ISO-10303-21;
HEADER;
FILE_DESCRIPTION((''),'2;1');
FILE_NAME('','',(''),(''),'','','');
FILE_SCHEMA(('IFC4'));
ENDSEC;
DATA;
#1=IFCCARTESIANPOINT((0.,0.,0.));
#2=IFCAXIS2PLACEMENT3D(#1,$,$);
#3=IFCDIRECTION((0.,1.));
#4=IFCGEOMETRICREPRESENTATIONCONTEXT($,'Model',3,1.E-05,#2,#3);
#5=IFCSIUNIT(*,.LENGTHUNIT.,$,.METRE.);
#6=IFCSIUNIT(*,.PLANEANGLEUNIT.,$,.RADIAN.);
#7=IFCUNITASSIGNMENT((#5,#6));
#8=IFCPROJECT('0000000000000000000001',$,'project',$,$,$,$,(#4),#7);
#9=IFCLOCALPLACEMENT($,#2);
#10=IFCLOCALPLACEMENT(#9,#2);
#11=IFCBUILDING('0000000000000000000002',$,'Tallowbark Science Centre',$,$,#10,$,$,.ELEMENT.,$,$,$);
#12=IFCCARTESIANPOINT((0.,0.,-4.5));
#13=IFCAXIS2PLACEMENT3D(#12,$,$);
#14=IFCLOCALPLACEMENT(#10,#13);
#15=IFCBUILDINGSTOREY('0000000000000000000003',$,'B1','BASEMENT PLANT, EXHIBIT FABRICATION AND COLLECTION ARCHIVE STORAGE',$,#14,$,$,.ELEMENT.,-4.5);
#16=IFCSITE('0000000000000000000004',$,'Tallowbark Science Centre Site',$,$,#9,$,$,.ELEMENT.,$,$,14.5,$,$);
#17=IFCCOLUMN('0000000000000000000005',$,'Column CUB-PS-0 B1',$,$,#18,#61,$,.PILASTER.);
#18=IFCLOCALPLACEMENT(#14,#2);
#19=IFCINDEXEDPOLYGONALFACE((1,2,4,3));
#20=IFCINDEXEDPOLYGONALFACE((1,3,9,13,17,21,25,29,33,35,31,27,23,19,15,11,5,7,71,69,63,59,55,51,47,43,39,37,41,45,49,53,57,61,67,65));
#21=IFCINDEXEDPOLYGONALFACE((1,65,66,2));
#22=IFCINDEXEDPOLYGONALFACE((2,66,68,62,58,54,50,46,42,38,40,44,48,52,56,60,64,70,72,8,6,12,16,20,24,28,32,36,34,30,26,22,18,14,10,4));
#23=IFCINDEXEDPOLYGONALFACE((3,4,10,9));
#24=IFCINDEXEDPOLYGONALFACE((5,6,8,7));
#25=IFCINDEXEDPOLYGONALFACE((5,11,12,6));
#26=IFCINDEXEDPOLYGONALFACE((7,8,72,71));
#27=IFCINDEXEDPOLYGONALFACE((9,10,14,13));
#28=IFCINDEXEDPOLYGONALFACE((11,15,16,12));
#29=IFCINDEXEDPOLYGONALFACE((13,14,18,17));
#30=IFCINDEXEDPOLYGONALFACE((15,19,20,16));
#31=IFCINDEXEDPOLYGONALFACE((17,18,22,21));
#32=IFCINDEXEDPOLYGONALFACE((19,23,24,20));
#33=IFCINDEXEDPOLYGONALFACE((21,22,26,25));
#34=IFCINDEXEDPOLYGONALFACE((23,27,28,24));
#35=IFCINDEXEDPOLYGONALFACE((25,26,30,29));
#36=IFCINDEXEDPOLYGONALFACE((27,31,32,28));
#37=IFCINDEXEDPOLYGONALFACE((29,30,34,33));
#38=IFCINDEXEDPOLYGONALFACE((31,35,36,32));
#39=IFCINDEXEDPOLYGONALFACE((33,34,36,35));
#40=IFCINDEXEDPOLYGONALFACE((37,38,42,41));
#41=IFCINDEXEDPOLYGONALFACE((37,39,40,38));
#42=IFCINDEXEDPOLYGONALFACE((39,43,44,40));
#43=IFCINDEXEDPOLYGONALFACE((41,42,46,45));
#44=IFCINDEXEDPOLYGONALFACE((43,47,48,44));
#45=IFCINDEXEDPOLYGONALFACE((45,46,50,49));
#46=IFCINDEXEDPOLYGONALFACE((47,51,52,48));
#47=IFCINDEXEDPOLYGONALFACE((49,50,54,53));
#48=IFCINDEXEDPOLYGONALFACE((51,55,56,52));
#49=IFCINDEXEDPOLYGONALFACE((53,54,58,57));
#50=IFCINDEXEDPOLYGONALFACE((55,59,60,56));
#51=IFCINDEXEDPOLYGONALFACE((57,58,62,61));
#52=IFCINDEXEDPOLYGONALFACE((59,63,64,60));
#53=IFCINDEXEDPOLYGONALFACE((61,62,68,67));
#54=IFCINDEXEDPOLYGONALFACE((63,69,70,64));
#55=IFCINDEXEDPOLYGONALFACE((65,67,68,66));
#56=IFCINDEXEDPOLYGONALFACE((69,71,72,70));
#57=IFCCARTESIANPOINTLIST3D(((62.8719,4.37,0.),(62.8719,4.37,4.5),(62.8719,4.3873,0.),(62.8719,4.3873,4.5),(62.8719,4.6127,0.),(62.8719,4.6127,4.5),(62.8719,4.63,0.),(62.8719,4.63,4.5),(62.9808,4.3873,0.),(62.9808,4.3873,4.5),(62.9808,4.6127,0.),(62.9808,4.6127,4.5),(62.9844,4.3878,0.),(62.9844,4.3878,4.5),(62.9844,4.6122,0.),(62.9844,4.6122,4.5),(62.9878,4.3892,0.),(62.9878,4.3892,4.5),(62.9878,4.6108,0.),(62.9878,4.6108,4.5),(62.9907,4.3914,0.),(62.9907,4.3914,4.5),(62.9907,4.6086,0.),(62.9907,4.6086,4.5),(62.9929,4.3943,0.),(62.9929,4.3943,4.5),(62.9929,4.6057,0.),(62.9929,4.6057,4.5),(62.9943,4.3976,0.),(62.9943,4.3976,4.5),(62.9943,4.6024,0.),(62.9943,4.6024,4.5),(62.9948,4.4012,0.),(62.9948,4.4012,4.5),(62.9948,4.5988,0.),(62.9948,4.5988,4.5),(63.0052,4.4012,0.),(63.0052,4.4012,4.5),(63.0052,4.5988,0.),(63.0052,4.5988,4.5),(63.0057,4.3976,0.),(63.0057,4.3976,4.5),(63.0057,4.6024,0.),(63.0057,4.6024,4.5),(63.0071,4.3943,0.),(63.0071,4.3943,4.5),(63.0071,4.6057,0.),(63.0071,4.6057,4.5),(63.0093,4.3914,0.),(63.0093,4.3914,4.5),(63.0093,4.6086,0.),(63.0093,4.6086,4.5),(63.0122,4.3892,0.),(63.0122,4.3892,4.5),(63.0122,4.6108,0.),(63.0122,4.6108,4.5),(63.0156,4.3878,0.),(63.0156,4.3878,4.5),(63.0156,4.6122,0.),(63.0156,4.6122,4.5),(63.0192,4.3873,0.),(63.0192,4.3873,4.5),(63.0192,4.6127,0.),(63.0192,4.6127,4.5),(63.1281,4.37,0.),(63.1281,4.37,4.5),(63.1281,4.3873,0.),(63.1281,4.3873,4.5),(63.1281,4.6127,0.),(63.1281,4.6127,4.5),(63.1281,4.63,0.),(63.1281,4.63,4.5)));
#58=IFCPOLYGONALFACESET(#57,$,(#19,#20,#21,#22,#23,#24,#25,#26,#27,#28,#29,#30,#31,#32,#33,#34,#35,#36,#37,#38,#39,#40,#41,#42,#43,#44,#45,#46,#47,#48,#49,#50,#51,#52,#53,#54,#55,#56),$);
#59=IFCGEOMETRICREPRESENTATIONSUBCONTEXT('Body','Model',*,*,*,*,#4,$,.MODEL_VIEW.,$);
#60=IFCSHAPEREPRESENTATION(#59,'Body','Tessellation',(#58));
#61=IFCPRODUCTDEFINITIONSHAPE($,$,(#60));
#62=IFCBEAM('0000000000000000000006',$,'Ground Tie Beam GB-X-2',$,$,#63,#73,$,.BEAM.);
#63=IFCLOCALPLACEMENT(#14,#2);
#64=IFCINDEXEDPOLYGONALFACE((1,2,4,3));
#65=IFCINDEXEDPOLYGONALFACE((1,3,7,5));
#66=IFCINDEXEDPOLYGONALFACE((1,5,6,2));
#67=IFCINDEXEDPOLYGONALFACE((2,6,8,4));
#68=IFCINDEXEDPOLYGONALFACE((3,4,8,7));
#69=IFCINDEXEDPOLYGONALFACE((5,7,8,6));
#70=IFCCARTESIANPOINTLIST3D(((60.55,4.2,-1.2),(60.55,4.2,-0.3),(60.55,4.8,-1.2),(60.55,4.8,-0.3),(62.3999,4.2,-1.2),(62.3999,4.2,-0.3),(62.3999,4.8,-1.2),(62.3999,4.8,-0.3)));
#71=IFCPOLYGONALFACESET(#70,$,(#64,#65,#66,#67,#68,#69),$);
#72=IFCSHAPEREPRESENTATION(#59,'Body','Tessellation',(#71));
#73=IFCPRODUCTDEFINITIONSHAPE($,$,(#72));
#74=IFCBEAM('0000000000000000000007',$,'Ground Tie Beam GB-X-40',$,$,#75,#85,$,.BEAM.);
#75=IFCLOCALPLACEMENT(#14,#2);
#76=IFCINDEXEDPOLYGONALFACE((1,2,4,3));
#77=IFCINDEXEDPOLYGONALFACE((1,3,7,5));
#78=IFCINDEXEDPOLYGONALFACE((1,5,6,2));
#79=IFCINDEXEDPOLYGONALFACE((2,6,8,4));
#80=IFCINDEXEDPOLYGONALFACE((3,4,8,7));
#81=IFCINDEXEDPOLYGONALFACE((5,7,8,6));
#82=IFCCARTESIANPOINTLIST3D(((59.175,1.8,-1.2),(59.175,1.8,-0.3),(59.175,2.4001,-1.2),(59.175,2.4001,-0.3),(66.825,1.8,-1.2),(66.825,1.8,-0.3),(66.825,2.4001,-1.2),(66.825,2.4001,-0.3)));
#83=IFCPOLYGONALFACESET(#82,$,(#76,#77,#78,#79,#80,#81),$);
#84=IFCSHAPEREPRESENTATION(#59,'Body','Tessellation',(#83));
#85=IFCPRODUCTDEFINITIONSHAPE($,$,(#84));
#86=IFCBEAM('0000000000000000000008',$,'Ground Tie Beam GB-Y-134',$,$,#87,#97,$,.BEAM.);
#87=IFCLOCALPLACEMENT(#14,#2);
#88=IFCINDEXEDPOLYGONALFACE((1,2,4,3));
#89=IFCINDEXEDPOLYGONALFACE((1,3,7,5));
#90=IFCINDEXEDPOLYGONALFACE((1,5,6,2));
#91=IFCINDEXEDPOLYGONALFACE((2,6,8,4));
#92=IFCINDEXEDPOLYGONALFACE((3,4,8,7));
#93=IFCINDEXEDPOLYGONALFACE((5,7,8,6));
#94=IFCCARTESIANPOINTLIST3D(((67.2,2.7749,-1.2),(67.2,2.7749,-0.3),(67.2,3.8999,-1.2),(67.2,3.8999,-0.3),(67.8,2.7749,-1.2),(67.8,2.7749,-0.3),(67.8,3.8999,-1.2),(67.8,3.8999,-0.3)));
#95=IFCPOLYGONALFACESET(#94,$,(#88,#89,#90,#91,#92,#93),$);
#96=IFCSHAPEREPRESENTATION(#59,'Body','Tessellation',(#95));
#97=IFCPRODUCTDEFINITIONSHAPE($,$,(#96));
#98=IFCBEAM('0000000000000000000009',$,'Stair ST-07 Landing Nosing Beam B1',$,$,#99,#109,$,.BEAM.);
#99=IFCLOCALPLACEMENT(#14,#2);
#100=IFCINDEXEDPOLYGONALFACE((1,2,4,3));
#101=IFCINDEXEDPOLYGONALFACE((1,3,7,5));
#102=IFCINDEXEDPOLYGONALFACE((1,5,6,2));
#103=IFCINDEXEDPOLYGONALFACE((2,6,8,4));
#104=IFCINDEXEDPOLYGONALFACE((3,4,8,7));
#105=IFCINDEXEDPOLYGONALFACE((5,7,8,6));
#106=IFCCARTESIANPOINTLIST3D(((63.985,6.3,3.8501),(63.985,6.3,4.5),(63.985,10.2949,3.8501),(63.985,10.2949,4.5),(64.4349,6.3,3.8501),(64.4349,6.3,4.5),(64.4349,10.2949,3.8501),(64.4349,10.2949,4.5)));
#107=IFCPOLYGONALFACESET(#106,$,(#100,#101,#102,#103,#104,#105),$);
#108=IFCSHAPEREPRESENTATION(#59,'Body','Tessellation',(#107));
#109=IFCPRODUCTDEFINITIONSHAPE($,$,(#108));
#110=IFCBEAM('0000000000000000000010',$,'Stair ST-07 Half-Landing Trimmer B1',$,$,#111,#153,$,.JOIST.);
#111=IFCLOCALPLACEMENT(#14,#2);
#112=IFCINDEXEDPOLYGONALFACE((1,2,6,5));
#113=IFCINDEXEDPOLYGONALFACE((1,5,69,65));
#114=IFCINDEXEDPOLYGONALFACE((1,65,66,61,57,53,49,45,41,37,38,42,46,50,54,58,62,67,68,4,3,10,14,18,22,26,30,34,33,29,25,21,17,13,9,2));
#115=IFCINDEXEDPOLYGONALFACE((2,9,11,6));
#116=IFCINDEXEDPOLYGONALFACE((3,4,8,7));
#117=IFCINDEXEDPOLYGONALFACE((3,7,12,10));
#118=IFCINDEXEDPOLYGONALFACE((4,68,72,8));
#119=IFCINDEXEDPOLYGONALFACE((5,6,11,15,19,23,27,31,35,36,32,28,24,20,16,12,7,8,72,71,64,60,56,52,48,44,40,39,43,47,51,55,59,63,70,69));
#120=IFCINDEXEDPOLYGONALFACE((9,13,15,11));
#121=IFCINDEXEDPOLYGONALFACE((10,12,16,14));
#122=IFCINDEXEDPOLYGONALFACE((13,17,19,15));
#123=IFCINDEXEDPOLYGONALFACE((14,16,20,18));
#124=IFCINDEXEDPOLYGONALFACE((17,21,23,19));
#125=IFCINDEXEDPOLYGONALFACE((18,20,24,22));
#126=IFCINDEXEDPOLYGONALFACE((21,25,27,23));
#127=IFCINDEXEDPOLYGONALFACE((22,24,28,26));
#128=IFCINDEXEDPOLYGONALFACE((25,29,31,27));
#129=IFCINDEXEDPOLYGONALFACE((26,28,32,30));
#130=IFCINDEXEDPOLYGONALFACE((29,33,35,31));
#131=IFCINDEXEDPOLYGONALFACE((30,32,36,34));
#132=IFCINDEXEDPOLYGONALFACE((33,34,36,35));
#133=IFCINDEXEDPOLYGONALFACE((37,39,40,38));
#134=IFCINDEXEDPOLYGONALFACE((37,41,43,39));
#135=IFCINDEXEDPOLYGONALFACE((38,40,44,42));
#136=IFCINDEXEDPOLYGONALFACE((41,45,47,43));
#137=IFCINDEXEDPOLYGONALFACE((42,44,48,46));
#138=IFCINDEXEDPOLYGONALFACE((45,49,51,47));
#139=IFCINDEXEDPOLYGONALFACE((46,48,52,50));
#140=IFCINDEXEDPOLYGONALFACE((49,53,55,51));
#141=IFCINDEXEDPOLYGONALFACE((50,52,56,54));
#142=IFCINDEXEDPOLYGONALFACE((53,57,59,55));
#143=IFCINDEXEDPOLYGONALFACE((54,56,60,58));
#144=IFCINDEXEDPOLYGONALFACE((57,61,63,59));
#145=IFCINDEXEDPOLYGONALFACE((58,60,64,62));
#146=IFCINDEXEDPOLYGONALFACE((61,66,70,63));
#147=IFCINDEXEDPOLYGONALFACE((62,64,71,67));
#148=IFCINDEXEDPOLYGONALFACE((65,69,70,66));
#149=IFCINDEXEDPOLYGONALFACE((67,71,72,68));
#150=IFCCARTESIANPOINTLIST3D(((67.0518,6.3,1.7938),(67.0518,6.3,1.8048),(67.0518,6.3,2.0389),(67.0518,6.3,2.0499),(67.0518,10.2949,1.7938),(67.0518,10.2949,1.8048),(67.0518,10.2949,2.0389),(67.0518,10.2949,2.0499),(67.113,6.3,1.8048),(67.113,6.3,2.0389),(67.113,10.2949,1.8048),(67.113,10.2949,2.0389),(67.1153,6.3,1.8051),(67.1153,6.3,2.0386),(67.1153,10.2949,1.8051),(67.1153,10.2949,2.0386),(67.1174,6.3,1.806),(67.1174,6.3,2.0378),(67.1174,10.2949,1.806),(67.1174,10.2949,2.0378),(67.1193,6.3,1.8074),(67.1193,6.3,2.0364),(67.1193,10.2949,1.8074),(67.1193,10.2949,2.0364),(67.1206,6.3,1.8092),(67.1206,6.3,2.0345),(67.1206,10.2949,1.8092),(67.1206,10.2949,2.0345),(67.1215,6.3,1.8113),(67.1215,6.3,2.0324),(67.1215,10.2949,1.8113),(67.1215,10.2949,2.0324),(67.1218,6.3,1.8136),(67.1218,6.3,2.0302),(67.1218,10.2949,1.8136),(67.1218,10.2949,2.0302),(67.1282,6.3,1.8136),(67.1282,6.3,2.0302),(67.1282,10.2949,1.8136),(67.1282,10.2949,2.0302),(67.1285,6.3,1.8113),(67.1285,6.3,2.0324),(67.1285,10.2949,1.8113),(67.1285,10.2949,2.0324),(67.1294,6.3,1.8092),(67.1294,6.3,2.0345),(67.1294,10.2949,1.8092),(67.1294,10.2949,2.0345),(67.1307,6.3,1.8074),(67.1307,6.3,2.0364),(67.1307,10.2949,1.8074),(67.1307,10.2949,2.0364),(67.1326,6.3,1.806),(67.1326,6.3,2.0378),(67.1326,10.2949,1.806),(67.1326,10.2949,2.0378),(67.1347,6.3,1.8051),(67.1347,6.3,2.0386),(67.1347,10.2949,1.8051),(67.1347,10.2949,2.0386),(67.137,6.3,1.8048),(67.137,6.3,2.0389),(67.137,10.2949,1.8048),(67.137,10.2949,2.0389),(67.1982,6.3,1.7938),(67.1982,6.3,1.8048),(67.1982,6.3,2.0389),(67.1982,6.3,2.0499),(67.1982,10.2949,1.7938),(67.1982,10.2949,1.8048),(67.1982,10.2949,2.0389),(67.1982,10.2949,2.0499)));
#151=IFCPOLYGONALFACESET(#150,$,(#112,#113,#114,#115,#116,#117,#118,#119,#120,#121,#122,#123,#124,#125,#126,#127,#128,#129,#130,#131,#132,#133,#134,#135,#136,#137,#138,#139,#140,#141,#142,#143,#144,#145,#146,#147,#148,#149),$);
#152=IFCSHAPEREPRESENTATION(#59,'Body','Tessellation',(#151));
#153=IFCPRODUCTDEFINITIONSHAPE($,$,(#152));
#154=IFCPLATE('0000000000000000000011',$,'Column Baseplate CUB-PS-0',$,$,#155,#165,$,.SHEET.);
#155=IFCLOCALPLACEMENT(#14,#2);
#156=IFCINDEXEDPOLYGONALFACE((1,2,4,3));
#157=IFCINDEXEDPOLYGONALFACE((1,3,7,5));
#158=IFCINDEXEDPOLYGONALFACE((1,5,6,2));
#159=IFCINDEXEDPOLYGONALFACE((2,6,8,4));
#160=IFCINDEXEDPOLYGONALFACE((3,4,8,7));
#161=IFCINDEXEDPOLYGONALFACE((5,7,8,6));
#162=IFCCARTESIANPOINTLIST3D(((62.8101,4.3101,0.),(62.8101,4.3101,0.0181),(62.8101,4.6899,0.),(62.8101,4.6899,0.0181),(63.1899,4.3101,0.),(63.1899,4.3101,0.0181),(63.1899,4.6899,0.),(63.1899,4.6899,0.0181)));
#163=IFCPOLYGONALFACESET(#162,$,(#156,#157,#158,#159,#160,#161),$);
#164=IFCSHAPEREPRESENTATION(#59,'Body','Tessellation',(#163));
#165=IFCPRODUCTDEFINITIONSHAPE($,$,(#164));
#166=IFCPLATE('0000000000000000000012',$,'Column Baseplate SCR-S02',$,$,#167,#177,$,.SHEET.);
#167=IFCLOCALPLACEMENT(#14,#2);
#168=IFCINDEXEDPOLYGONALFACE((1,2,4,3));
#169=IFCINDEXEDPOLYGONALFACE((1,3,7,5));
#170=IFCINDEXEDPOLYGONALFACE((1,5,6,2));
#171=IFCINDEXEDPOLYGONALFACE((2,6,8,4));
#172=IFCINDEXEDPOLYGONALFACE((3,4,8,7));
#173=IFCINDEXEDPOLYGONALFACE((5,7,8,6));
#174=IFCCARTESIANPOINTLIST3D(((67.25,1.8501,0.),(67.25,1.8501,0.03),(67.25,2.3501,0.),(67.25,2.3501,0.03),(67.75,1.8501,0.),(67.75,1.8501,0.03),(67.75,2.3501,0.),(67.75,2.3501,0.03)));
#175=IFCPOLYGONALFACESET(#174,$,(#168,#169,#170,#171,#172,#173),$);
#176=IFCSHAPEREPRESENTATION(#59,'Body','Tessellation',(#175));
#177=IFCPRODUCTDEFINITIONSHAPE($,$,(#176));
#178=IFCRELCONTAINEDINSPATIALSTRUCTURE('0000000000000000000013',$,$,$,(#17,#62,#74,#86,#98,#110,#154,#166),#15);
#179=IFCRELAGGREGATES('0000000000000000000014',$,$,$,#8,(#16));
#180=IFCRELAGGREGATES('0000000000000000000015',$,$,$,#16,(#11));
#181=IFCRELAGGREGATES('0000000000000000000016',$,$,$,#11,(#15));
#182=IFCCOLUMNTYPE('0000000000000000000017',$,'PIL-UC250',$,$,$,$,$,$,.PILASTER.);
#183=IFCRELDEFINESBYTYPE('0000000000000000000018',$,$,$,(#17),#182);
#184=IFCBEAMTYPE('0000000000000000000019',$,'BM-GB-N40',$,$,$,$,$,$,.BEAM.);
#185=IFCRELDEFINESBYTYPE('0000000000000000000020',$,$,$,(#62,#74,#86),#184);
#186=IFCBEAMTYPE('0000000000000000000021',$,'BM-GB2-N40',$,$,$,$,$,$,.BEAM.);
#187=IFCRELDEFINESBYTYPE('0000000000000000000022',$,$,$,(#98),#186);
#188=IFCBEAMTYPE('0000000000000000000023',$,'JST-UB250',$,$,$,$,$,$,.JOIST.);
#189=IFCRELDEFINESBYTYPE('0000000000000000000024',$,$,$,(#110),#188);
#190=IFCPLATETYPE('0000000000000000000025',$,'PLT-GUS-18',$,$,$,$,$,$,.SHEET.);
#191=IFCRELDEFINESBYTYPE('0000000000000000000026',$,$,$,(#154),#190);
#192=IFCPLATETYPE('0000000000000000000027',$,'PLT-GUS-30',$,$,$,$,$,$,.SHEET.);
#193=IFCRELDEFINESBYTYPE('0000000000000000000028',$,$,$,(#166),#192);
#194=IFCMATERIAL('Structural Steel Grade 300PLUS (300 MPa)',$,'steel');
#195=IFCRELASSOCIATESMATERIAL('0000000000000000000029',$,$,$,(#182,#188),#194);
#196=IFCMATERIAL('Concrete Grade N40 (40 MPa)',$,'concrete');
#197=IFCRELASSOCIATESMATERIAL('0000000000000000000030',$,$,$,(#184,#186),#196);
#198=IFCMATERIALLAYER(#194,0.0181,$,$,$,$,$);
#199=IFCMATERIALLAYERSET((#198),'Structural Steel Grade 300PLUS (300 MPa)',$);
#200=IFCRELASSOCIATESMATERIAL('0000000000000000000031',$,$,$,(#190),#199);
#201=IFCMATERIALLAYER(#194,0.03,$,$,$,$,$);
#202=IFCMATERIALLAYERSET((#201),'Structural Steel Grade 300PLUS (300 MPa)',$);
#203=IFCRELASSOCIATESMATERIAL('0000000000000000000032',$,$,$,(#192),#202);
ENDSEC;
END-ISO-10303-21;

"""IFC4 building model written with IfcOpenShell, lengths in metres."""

from ifc_helpers import new_model, si_unit, direction, frame, origin, origin_2d, place, context, subcontext, project, spatial, rectangle, i_section, extrude, material, layer, layer_set, material_profile, profile_set, type_object, element, save


model = new_model("IFC4")

# Units and contexts
model_context = context("Model", 3, precision=1e-05, world=origin(), true_north=direction((0.0, 1.0)))
body_context = subcontext(model_context, "Body", "Model", "MODEL_VIEW")
ifc_project = project(units=[si_unit("LENGTHUNIT", "METRE"), si_unit("PLANEANGLEUNIT", "RADIAN")], contexts=[model_context])

# Site, building, storey
site_placement = place(None, origin())
site = spatial("IfcSite", under=ifc_project, at=site_placement, Name="Tallowbark Science Centre Site", CompositionType="ELEMENT", RefElevation=14.5)
building_placement = place(site_placement, origin())
building = spatial("IfcBuilding", under=site, at=building_placement, Name="Tallowbark Science Centre", CompositionType="ELEMENT")
storey_placement = place(building_placement, frame((0.0, 0.0, -4.5)))
storey = spatial("IfcBuildingStorey", under=building, at=storey_placement, Name="B1", Description="BASEMENT PLANT, EXHIBIT FABRICATION AND COLLECTION ARCHIVE STORAGE", CompositionType="ELEMENT", Elevation=-4.5)

# Shared definitions
ifc_material_1 = material(Name="Concrete Grade N40 (40 MPa)", Category="concrete")

# Column
ifc_material_2 = material(Name="Structural Steel Grade 300PLUS (300 MPa)", Category="steel")
ifc_material_profile_1 = material_profile(ifc_material_2, i_section(OverallWidth=0.2561, OverallDepth=0.26, WebThickness=0.0105, FlangeThickness=0.0173, FilletRadius=0.0139, at=origin_2d()), Name="250UC89.5")
ifc_profile_set_1 = profile_set([ifc_material_profile_1], Name="Structural Steel Grade 300PLUS (300 MPa)")
column_type_1 = type_object("IfcColumnType", Name="PIL-UC250", PredefinedType="PILASTER", material=ifc_profile_set_1)
column_1_placement = place(storey_placement, frame((63.0, 4.5, 0.0), z_axis=(0.0, 0.0, 1.0), x_axis=(1.0, 0.0, 0.0)))
element("IfcColumn", 1, at=column_1_placement, inside=storey, type_object=column_type_1, Name="Column CUB-PS-0 B1", PredefinedType="PILASTER", context=body_context, shape_type="SweptSolid", body=[
    extrude(i_section(OverallWidth=0.2561, OverallDepth=0.26, WebThickness=0.0105, FlangeThickness=0.0173, FilletRadius=0.0139, at=origin_2d()), origin(), (0.0, 0.0, 1.0), 4.5),
])

# Beams
ifc_material_profile_2 = material_profile(ifc_material_1, rectangle(XDim=0.6001, YDim=0.8999, at=origin_2d()), Name="RC600x900")
ifc_profile_set_2 = profile_set([ifc_material_profile_2], Name="Concrete Grade N40 (40 MPa)")
beam_type_1 = type_object("IfcBeamType", Name="BM-GB-N40", PredefinedType="BEAM", material=ifc_profile_set_2)
beam_1_placement = place(storey_placement, frame((60.55, 4.5, -0.75), z_axis=(1.0, 0.0, 0.0), x_axis=(0.0, 1.0, 0.0)))
element("IfcBeam", 2, at=beam_1_placement, inside=storey, type_object=beam_type_1, Name="Ground Tie Beam GB-X-2", PredefinedType="BEAM", context=body_context, shape_type="SweptSolid", body=[
    extrude(rectangle(XDim=0.6001, YDim=0.8999, at=origin_2d()), origin(), (0.0, 0.0, 1.0), 1.8499),
])
beam_2_placement = place(storey_placement, frame((59.175, 2.1001, -0.75), z_axis=(1.0, 0.0, 0.0), x_axis=(0.0, 1.0, 0.0)))
element("IfcBeam", 3, at=beam_2_placement, inside=storey, type_object=beam_type_1, Name="Ground Tie Beam GB-X-40", PredefinedType="BEAM", context=body_context, shape_type="SweptSolid", body=[
    extrude(rectangle(XDim=0.6001, YDim=0.8999, at=origin_2d()), origin(), (0.0, 0.0, 1.0), 7.6499),
])
beam_3_placement = place(storey_placement, frame((67.5, 2.7749, -0.75), z_axis=(0.0, 1.0, 0.0), x_axis=(-1.0, 0.0, 0.0)))
element("IfcBeam", 4, at=beam_3_placement, inside=storey, type_object=beam_type_1, Name="Ground Tie Beam GB-Y-134", PredefinedType="BEAM", context=body_context, shape_type="SweptSolid", body=[
    extrude(rectangle(XDim=0.6001, YDim=0.8999, at=origin_2d()), origin(), (0.0, 0.0, 1.0), 1.125),
])
ifc_material_profile_3 = material_profile(ifc_material_1, rectangle(XDim=0.45, YDim=0.6499, at=origin_2d()), Name="RC450x650")
ifc_profile_set_3 = profile_set([ifc_material_profile_3], Name="Concrete Grade N40 (40 MPa)")
beam_type_2 = type_object("IfcBeamType", Name="BM-GB2-N40", PredefinedType="BEAM", material=ifc_profile_set_3)
beam_4_placement = place(storey_placement, frame((64.21, 6.3, 4.175), z_axis=(0.0, 1.0, 0.0), x_axis=(-1.0, 0.0, 0.0)))
element("IfcBeam", 5, at=beam_4_placement, inside=storey, type_object=beam_type_2, Name="Stair ST-07 Landing Nosing Beam B1", PredefinedType="BEAM", context=body_context, shape_type="SweptSolid", body=[
    extrude(rectangle(XDim=0.45, YDim=0.6499, at=origin_2d()), origin(), (0.0, 0.0, 1.0), 3.9949),
])
ifc_material_profile_4 = material_profile(ifc_material_2, i_section(OverallWidth=0.1465, OverallDepth=0.2561, WebThickness=0.0063, FlangeThickness=0.011, FilletRadius=0.0088, at=origin_2d()), Name="250UB37.3")
ifc_profile_set_4 = profile_set([ifc_material_profile_4], Name="Structural Steel Grade 300PLUS (300 MPa)")
beam_type_3 = type_object("IfcBeamType", Name="JST-UB250", PredefinedType="JOIST", material=ifc_profile_set_4)
beam_5_placement = place(storey_placement, frame((67.125, 6.3, 1.9219), z_axis=(0.0, 1.0, 0.0), x_axis=(-1.0, 0.0, 0.0)))
element("IfcBeam", 6, at=beam_5_placement, inside=storey, type_object=beam_type_3, Name="Stair ST-07 Half-Landing Trimmer B1", PredefinedType="JOIST", context=body_context, shape_type="SweptSolid", body=[
    extrude(i_section(OverallWidth=0.1465, OverallDepth=0.2561, WebThickness=0.0063, FlangeThickness=0.011, FilletRadius=0.0088, at=origin_2d()), origin(), (0.0, 0.0, 1.0), 3.9949),
])

# Plates
ifc_layer_1 = layer(ifc_material_2, 0.0181)
ifc_layer_set_1 = layer_set([ifc_layer_1], Name="Structural Steel Grade 300PLUS (300 MPa)")
plate_type_1 = type_object("IfcPlateType", Name="PLT-GUS-18", PredefinedType="SHEET", material=ifc_layer_set_1)
plate_1_placement = place(storey_placement, frame((63.0, 4.5, 0.0), z_axis=(0.0, 0.0, 1.0), x_axis=(1.0, 0.0, 0.0)))
element("IfcPlate", 7, at=plate_1_placement, inside=storey, type_object=plate_type_1, Name="Column Baseplate CUB-PS-0", PredefinedType="SHEET", context=body_context, shape_type="SweptSolid", body=[
    extrude(rectangle(XDim=0.3799, YDim=0.3799, at=origin_2d()), origin(), (0.0, 0.0, 1.0), 0.0181),
])
ifc_layer_2 = layer(ifc_material_2, 0.03)
ifc_layer_set_2 = layer_set([ifc_layer_2], Name="Structural Steel Grade 300PLUS (300 MPa)")
plate_type_2 = type_object("IfcPlateType", Name="PLT-GUS-30", PredefinedType="SHEET", material=ifc_layer_set_2)
plate_2_placement = place(storey_placement, frame((67.5, 2.1001, 0.0), z_axis=(0.0, 0.0, 1.0), x_axis=(1.0, 0.0, 0.0)))
element("IfcPlate", 8, at=plate_2_placement, inside=storey, type_object=plate_type_2, Name="Column Baseplate SCR-S02", PredefinedType="SHEET", context=body_context, shape_type="SweptSolid", body=[
    extrude(rectangle(XDim=0.5, YDim=0.5, at=origin_2d()), origin(), (0.0, 0.0, 1.0), 0.03),
])

save(model, "model.ifc")
